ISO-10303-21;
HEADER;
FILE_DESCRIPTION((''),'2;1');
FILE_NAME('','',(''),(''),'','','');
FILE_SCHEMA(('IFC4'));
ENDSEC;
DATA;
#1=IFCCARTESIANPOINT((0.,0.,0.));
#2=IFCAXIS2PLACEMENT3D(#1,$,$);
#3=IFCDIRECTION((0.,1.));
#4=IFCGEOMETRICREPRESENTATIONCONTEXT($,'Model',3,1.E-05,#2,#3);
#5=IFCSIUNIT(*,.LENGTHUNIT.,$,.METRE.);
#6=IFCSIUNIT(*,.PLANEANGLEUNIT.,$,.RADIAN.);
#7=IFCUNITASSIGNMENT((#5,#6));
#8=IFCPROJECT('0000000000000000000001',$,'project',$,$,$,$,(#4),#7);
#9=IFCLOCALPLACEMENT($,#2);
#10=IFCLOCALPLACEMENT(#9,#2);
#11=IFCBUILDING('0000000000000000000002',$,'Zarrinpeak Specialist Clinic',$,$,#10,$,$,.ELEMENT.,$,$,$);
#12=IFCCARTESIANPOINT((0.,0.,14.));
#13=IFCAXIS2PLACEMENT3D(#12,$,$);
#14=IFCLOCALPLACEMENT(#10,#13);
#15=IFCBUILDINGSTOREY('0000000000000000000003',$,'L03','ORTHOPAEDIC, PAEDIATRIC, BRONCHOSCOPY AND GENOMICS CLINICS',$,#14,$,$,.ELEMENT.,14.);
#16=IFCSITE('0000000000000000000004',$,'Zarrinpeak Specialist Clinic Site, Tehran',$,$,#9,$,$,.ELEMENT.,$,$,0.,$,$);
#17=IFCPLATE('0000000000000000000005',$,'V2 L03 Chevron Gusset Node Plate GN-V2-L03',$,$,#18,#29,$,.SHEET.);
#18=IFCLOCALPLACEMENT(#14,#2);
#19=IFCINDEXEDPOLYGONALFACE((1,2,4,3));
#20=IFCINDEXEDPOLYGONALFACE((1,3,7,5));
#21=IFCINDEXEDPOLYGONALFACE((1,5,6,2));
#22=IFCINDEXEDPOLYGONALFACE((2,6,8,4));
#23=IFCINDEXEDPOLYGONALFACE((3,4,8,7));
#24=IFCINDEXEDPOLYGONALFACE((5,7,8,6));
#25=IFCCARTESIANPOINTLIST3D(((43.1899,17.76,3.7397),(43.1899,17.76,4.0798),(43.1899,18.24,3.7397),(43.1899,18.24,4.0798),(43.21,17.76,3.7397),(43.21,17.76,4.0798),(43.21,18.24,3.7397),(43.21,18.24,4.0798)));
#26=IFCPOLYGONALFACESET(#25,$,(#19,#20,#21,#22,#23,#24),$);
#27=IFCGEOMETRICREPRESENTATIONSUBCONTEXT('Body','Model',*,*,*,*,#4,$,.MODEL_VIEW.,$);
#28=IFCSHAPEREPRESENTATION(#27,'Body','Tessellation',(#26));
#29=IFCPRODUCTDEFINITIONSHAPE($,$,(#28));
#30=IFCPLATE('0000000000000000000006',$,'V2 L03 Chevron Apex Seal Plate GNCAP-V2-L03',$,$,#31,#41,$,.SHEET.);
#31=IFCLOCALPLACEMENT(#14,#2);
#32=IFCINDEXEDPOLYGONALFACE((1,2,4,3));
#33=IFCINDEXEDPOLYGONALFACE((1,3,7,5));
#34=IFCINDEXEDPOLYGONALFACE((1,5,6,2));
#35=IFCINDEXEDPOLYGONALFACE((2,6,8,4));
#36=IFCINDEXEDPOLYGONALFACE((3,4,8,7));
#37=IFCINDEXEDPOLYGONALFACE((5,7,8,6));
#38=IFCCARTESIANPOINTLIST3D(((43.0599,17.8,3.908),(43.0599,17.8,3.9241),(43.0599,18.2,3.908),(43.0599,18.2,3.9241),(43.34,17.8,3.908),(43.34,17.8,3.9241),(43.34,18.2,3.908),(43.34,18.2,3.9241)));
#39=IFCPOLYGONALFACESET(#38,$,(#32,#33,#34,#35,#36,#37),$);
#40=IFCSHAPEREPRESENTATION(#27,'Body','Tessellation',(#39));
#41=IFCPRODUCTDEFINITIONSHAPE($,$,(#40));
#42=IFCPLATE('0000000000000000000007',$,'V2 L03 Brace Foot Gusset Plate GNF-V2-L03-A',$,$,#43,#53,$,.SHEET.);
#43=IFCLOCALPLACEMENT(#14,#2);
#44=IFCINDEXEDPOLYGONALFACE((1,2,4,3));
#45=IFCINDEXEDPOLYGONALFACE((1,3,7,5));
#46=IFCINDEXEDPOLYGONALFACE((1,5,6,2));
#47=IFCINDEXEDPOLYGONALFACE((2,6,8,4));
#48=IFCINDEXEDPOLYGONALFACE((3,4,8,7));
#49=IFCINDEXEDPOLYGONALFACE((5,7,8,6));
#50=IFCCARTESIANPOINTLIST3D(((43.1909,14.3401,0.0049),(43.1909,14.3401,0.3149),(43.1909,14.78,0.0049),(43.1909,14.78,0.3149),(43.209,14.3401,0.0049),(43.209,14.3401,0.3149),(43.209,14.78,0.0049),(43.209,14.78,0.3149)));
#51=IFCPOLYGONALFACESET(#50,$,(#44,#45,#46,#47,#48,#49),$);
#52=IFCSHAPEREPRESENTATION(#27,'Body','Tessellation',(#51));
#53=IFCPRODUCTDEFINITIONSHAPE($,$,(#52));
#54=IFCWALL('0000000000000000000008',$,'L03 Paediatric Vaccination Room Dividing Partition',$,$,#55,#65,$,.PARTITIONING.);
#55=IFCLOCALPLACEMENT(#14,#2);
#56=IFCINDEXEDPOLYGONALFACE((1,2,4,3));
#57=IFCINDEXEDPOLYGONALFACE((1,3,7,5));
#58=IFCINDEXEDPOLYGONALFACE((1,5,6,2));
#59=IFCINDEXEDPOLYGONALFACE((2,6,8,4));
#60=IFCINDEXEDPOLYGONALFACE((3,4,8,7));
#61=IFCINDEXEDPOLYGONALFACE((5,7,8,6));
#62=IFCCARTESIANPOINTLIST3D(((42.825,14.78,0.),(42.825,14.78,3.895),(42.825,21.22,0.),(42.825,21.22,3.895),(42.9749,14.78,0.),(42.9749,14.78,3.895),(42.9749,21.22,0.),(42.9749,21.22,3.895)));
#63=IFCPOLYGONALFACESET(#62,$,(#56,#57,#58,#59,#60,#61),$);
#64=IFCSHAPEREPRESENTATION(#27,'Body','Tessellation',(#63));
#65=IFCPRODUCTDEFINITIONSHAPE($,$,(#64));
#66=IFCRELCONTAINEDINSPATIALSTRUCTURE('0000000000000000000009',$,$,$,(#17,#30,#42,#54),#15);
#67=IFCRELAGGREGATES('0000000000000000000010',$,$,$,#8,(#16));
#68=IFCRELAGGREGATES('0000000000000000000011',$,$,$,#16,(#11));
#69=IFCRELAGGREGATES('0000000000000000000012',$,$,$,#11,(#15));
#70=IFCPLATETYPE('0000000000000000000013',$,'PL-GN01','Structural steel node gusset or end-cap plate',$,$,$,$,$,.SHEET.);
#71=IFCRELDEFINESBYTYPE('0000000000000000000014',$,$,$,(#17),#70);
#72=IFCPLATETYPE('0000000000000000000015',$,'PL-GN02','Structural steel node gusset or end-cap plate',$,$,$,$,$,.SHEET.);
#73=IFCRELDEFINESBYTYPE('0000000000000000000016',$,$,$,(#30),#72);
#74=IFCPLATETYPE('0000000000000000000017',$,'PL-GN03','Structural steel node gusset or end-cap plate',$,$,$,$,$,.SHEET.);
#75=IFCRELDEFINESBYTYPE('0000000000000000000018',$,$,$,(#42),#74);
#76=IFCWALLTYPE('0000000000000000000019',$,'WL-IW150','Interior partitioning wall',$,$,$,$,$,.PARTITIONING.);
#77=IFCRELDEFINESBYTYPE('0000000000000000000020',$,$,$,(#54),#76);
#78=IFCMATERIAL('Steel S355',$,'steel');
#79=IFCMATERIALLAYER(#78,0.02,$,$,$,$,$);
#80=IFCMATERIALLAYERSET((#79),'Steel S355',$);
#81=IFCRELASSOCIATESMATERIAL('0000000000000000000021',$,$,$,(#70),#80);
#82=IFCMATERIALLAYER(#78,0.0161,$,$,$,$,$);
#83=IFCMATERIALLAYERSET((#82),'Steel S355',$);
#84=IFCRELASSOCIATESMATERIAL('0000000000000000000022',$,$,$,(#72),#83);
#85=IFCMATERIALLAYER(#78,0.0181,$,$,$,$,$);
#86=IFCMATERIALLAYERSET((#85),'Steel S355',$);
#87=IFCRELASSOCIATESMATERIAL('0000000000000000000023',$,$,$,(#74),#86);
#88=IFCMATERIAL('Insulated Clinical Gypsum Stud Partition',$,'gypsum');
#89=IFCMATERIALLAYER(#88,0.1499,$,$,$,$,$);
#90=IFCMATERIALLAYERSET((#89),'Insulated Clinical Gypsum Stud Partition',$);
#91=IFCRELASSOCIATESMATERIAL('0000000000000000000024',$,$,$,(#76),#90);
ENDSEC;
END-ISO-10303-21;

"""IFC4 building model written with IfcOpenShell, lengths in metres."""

from ifc_helpers import new_model, si_unit, direction, frame, frame_2d, origin, origin_2d, place, context, subcontext, project, spatial, rectangle, extrude, material, layer, layer_set, type_object, element, save


model = new_model("IFC4")

# Units and contexts
model_context = context("Model", 3, precision=1e-05, world=origin(), true_north=direction((0.0, 1.0)))
body_context = subcontext(model_context, "Body", "Model", "MODEL_VIEW")
ifc_project = project(units=[si_unit("LENGTHUNIT", "METRE"), si_unit("PLANEANGLEUNIT", "RADIAN")], contexts=[model_context])

# Site, building, storey
site_placement = place(None, origin())
site = spatial("IfcSite", under=ifc_project, at=site_placement, Name="Zarrinpeak Specialist Clinic Site, Tehran", CompositionType="ELEMENT", RefElevation=0.0)
building_placement = place(site_placement, origin())
building = spatial("IfcBuilding", under=site, at=building_placement, Name="Zarrinpeak Specialist Clinic", CompositionType="ELEMENT")
storey_placement = place(building_placement, frame((0.0, 0.0, 14.0)))
storey = spatial("IfcBuildingStorey", under=building, at=storey_placement, Name="L03", Description="ORTHOPAEDIC, PAEDIATRIC, BRONCHOSCOPY AND GENOMICS CLINICS", CompositionType="ELEMENT", Elevation=14.0)

# Shared definitions
ifc_material_1 = material(Name="Steel S355", Category="steel")

# Plates
ifc_layer_1 = layer(ifc_material_1, 0.02)
ifc_layer_set_1 = layer_set([ifc_layer_1], Name="Steel S355")
plate_type_1 = type_object("IfcPlateType", Name="PL-GN01", Description="Structural steel node gusset or end-cap plate", PredefinedType="SHEET", material=ifc_layer_set_1)
plate_1_placement = place(storey_placement, frame((43.2, 18.0, 3.7397), z_axis=(0.0, 0.0, 1.0), x_axis=(1.0, 0.0, 0.0)))
element("IfcPlate", 1, at=plate_1_placement, inside=storey, type_object=plate_type_1, Name="V2 L03 Chevron Gusset Node Plate GN-V2-L03", PredefinedType="SHEET", context=body_context, shape_type="SweptSolid", body=[
    extrude(rectangle(XDim=0.02, YDim=0.48, at=origin_2d()), origin(), (0.0, 0.0, 1.0), 0.3401),
])
ifc_layer_2 = layer(ifc_material_1, 0.0161)
ifc_layer_set_2 = layer_set([ifc_layer_2], Name="Steel S355")
plate_type_2 = type_object("IfcPlateType", Name="PL-GN02", Description="Structural steel node gusset or end-cap plate", PredefinedType="SHEET", material=ifc_layer_set_2)
plate_2_placement = place(storey_placement, frame((43.2, 18.0, 3.908), z_axis=(0.0, 0.0, 1.0), x_axis=(1.0, 0.0, 0.0)))
element("IfcPlate", 2, at=plate_2_placement, inside=storey, type_object=plate_type_2, Name="V2 L03 Chevron Apex Seal Plate GNCAP-V2-L03", PredefinedType="SHEET", context=body_context, shape_type="SweptSolid", body=[
    extrude(rectangle(XDim=0.28, YDim=0.3999, at=origin_2d()), origin(), (0.0, 0.0, 1.0), 0.0161),
])
ifc_layer_3 = layer(ifc_material_1, 0.0181)
ifc_layer_set_3 = layer_set([ifc_layer_3], Name="Steel S355")
plate_type_3 = type_object("IfcPlateType", Name="PL-GN03", Description="Structural steel node gusset or end-cap plate", PredefinedType="SHEET", material=ifc_layer_set_3)
plate_3_placement = place(storey_placement, frame((43.2, 14.5601, 0.0049), z_axis=(0.0, 0.0, 1.0), x_axis=(1.0, 0.0, 0.0)))
element("IfcPlate", 3, at=plate_3_placement, inside=storey, type_object=plate_type_3, Name="V2 L03 Brace Foot Gusset Plate GNF-V2-L03-A", PredefinedType="SHEET", context=body_context, shape_type="SweptSolid", body=[
    extrude(rectangle(XDim=0.0181, YDim=0.4399, at=origin_2d()), origin(), (0.0, 0.0, 1.0), 0.3101),
])

# Wall
ifc_material_2 = material(Name="Insulated Clinical Gypsum Stud Partition", Category="gypsum")
ifc_layer_4 = layer(ifc_material_2, 0.1499)
ifc_layer_set_4 = layer_set([ifc_layer_4], Name="Insulated Clinical Gypsum Stud Partition")
wall_type = type_object("IfcWallType", Name="WL-IW150", Description="Interior partitioning wall", PredefinedType="PARTITIONING", material=ifc_layer_set_4)
wall_placement = place(storey_placement, frame((42.8999, 14.78, 0.0), z_axis=(0.0, 0.0, 1.0), x_axis=(0.0, 1.0, 0.0)))
element("IfcWall", 4, at=wall_placement, inside=storey, type_object=wall_type, Name="L03 Paediatric Vaccination Room Dividing Partition", PredefinedType="PARTITIONING", context=body_context, shape_type="SweptSolid", body=[
    extrude(rectangle(XDim=6.4399, YDim=0.1499, at=frame_2d((3.22, 0.0))), origin(), (0.0, 0.0, 1.0), 3.895),
])

save(model, "model.ifc")
